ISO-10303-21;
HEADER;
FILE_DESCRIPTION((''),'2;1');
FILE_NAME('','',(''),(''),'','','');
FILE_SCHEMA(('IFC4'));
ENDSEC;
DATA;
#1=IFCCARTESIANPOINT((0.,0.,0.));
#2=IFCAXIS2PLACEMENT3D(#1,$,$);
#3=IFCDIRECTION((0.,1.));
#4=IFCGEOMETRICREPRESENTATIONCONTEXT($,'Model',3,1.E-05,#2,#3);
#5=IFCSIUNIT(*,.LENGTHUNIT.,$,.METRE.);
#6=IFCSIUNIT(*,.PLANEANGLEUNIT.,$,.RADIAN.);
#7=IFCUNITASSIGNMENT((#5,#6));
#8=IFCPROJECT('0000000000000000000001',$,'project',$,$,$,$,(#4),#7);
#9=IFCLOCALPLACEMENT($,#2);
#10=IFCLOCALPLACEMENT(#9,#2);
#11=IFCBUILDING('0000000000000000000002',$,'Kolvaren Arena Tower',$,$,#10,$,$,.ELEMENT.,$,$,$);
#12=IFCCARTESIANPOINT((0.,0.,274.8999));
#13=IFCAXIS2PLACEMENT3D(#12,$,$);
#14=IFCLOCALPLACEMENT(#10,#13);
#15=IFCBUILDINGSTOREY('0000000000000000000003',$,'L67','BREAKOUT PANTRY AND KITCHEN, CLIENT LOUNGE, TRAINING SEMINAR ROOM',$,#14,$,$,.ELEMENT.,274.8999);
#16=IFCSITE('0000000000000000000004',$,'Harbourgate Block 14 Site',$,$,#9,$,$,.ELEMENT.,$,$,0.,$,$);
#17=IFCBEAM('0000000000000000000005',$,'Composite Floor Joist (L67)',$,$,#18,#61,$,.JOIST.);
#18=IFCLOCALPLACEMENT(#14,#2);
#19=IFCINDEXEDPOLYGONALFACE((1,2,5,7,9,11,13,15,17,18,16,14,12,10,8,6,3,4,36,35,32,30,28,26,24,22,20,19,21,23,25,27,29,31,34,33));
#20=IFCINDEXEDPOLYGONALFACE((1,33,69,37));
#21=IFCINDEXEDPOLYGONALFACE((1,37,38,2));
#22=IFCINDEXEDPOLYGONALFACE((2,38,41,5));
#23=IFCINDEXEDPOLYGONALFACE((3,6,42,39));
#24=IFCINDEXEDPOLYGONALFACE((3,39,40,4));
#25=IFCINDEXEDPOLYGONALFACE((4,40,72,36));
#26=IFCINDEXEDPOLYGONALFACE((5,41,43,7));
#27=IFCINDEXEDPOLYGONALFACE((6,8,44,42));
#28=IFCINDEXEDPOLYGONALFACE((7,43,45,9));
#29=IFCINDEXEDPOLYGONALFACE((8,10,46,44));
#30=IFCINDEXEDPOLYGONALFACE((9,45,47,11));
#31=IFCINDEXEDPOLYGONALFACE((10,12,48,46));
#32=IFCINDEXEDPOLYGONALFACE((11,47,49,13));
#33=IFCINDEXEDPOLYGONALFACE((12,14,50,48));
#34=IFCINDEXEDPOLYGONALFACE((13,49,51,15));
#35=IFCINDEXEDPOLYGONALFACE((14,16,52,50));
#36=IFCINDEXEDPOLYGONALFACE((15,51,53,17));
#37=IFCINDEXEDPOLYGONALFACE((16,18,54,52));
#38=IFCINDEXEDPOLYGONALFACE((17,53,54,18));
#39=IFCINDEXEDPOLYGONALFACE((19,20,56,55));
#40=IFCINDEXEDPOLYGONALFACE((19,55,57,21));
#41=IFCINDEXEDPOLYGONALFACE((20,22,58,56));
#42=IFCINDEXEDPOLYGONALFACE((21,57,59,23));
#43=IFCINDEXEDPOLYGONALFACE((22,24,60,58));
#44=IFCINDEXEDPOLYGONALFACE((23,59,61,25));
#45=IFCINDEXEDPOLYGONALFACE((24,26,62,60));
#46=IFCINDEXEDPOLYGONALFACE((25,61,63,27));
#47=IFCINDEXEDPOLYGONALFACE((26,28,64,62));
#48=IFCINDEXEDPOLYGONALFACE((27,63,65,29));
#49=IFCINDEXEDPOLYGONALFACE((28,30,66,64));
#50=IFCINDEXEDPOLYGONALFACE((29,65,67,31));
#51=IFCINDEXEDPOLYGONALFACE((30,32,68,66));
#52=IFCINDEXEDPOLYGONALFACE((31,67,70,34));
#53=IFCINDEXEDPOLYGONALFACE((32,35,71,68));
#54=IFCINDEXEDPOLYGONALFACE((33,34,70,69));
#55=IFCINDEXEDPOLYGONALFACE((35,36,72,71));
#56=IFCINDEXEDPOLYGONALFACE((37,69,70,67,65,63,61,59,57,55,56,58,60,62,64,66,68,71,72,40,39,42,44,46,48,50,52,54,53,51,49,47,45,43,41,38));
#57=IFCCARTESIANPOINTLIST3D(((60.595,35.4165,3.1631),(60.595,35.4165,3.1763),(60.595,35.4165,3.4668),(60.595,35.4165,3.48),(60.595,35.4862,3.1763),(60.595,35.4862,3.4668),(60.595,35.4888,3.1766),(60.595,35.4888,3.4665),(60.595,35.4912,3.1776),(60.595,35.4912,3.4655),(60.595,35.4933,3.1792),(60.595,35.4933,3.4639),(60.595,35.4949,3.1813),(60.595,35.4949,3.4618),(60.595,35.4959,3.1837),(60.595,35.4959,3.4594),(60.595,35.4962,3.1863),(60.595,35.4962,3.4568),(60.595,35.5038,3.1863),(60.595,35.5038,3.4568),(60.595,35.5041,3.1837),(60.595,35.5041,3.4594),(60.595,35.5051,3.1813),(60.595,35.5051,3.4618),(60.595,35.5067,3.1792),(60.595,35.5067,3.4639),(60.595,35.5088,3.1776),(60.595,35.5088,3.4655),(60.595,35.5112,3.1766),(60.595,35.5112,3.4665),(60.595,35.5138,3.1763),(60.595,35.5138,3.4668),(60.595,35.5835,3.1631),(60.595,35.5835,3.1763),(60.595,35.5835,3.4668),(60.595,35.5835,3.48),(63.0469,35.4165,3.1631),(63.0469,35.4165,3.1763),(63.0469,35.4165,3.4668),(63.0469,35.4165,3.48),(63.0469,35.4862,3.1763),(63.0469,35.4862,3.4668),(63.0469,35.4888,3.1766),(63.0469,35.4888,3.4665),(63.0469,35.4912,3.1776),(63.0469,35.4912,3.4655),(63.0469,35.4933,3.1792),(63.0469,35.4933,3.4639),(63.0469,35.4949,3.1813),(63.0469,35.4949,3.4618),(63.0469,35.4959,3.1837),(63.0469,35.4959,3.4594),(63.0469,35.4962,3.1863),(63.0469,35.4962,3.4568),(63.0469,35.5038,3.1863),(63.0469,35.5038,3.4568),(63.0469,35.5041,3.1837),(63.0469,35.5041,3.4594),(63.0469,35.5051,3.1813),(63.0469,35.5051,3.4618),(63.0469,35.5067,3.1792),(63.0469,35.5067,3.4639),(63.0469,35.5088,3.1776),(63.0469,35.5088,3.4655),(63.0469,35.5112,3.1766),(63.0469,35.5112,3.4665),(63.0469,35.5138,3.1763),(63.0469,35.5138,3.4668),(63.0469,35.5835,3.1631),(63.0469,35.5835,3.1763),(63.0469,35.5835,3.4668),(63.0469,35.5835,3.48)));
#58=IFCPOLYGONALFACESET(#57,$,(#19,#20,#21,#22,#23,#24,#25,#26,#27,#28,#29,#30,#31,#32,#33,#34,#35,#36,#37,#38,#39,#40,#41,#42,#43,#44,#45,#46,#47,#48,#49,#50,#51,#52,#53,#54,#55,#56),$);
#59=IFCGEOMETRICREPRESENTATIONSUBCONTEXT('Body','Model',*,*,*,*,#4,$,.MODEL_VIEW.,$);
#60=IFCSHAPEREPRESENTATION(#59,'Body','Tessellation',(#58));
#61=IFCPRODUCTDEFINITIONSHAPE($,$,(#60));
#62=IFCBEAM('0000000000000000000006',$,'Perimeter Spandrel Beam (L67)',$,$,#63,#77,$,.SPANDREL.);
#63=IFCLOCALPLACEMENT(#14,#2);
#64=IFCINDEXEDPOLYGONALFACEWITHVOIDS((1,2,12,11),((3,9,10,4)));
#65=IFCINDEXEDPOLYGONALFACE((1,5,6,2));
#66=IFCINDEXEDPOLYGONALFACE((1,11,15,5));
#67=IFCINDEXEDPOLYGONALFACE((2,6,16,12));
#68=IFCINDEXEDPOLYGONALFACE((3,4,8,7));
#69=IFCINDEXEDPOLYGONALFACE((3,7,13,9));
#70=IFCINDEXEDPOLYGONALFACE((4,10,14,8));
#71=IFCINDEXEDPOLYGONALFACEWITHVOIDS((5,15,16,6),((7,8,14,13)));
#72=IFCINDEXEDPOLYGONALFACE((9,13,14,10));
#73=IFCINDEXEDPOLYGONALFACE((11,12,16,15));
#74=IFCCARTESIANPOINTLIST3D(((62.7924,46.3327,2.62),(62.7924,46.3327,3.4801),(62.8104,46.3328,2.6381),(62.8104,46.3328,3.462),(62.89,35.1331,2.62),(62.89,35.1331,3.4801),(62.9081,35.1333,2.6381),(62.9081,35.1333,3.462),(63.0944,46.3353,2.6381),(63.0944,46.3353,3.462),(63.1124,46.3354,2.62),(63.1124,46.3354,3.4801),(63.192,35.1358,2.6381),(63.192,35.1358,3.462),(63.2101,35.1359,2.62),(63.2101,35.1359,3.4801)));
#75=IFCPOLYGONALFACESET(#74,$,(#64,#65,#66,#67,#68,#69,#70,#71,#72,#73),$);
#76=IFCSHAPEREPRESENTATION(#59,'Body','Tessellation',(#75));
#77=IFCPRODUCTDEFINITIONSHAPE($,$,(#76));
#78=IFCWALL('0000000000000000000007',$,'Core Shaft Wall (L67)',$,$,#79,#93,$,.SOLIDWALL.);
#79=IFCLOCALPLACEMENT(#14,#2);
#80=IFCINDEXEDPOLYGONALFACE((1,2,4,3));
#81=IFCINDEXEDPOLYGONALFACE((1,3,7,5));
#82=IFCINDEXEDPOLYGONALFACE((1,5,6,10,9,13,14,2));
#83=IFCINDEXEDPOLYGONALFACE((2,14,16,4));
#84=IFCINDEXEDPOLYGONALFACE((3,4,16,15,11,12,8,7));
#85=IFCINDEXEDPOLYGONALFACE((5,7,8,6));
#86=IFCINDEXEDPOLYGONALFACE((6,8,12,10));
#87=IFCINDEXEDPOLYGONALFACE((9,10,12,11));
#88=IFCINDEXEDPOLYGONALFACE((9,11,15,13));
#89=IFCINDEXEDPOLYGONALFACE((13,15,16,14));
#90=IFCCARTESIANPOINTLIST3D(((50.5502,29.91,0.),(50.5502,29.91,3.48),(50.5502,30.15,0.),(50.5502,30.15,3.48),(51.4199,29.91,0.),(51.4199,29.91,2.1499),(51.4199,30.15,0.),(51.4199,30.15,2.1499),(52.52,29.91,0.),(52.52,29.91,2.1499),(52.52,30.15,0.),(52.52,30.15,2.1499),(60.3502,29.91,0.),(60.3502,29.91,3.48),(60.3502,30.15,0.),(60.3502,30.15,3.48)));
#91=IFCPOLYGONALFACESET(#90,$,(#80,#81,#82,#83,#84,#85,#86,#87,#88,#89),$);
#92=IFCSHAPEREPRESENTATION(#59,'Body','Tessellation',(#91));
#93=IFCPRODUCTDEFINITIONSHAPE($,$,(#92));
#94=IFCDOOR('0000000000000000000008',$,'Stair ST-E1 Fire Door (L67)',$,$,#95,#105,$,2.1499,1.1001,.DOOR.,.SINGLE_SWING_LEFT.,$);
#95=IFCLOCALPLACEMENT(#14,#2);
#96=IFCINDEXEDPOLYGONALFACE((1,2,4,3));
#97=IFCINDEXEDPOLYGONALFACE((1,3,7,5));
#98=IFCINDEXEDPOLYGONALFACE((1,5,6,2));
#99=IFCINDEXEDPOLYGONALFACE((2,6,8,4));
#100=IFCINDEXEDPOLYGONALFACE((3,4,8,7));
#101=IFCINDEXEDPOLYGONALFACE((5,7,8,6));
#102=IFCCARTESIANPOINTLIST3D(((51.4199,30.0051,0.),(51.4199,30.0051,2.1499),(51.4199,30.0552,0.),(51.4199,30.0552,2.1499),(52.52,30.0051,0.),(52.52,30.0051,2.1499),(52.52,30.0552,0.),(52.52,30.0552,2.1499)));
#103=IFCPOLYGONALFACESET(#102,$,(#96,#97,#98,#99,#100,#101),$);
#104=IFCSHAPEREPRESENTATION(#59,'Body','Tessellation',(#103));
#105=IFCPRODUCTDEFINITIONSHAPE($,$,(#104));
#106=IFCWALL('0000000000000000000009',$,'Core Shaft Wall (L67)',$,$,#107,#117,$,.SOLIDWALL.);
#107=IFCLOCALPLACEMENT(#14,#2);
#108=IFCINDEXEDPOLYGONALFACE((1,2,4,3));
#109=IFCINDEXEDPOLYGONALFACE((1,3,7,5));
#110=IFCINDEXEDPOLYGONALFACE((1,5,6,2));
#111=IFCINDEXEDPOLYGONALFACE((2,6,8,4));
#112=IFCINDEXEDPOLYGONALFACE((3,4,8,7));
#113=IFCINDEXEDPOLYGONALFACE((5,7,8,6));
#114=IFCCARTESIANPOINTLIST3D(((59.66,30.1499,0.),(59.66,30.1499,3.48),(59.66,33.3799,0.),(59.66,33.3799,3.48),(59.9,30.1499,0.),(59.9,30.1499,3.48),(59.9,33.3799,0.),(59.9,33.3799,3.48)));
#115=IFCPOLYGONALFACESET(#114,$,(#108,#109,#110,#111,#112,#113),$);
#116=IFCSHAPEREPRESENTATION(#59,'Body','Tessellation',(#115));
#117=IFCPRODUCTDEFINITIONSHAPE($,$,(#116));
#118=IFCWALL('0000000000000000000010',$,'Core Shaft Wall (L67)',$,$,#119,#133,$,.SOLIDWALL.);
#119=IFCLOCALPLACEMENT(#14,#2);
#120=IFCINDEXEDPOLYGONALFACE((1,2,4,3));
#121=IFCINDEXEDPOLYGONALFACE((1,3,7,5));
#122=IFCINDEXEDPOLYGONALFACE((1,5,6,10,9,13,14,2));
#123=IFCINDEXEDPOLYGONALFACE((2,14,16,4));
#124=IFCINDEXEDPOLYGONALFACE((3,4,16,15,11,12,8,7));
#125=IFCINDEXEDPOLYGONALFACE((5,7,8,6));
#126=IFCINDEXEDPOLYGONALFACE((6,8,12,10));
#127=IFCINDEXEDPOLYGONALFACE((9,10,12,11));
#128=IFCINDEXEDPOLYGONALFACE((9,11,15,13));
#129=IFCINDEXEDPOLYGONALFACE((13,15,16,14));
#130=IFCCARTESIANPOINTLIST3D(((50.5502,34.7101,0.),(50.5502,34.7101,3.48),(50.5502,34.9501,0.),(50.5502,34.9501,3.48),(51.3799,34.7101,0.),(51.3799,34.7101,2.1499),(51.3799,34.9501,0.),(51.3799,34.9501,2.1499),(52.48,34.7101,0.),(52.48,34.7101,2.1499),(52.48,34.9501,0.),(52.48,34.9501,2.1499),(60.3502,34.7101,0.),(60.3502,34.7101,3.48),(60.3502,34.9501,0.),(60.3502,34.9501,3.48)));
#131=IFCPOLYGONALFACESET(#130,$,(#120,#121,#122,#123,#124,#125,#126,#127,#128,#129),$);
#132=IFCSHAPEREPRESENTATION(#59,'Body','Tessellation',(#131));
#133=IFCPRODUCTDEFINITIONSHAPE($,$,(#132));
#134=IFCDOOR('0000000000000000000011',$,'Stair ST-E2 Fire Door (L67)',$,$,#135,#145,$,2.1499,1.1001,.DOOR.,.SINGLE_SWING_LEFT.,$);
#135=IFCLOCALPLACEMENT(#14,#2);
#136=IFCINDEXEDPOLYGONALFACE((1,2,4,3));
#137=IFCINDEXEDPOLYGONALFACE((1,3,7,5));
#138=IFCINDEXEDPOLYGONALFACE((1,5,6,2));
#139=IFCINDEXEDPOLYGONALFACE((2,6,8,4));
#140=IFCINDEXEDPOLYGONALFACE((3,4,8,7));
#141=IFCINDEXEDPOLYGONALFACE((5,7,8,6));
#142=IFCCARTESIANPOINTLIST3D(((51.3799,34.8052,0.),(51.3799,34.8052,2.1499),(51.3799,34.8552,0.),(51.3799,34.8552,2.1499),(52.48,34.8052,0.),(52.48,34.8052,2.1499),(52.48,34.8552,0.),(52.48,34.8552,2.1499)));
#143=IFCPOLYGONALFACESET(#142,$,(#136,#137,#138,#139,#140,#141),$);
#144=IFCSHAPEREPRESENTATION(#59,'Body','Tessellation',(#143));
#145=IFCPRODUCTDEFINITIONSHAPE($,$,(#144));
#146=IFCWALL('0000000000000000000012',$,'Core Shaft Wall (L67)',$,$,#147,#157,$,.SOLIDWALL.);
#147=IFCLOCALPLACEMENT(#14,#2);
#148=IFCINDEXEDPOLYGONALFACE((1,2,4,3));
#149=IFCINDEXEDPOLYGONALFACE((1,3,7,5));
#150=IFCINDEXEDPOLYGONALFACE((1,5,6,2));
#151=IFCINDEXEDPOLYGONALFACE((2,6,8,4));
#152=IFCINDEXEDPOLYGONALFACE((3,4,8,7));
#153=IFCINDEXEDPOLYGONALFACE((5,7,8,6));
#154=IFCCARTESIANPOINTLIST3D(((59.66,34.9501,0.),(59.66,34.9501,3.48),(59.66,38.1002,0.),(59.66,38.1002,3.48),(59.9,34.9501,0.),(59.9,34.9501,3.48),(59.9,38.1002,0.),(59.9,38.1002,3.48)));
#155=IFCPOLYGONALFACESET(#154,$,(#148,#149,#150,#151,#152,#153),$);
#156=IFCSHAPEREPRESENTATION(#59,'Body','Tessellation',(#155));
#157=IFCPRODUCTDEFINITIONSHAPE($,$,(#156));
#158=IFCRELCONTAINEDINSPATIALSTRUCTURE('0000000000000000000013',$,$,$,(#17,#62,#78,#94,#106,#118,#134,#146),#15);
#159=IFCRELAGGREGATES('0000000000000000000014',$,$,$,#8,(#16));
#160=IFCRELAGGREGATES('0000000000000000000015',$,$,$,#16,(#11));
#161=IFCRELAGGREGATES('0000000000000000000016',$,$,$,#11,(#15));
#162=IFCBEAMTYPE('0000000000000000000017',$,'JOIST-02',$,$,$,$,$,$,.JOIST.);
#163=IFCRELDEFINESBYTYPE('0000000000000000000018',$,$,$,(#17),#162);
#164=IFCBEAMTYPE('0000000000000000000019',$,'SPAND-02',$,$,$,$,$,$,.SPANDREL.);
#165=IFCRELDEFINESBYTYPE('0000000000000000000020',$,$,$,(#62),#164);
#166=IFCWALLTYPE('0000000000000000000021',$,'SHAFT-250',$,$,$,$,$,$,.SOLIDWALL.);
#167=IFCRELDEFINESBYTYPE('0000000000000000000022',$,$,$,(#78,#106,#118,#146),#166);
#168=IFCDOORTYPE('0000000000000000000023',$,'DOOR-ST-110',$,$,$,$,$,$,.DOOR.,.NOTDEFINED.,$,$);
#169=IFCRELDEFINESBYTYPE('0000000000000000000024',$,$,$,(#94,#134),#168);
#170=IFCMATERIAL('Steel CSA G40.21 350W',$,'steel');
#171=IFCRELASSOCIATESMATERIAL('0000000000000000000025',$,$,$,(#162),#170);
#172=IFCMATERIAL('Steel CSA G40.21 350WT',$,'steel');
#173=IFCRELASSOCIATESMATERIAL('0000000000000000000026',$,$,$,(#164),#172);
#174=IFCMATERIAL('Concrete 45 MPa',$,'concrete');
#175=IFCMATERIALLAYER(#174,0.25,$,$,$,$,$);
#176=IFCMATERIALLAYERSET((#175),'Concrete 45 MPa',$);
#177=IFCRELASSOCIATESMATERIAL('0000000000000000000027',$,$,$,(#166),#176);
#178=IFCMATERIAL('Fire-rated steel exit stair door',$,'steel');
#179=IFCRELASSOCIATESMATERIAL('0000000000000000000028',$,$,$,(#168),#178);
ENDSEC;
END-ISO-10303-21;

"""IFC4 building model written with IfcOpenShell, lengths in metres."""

from ifc_helpers import new_model, si_unit, direction, frame, frame_2d, origin, origin_2d, place, context, subcontext, project, spatial, rectangle, hollow_rectangle, i_section, extrude, material, layer, layer_set, material_profile, profile_set, type_object, element, fill, save


model = new_model("IFC4")

# Units and contexts
model_context = context("Model", 3, precision=1e-05, world=origin(), true_north=direction((0.0, 1.0)))
body_context = subcontext(model_context, "Body", "Model", "MODEL_VIEW")
ifc_project = project(units=[si_unit("LENGTHUNIT", "METRE"), si_unit("PLANEANGLEUNIT", "RADIAN")], contexts=[model_context])

# Site, building, storey
site_placement = place(None, origin())
site = spatial("IfcSite", under=ifc_project, at=site_placement, Name="Harbourgate Block 14 Site", CompositionType="ELEMENT", RefElevation=0.0)
building_placement = place(site_placement, origin())
building = spatial("IfcBuilding", under=site, at=building_placement, Name="Kolvaren Arena Tower", CompositionType="ELEMENT")
storey_placement = place(building_placement, frame((0.0, 0.0, 274.8999)))
storey = spatial("IfcBuildingStorey", under=building, at=storey_placement, Name="L67", Description="BREAKOUT PANTRY AND KITCHEN, CLIENT LOUNGE, TRAINING SEMINAR ROOM", CompositionType="ELEMENT", Elevation=274.8999)

# Beams
ifc_material_1 = material(Name="Steel CSA G40.21 350W", Category="steel")
ifc_material_profile_1 = material_profile(ifc_material_1, i_section(OverallWidth=0.167, OverallDepth=0.3169, WebThickness=0.0076, FlangeThickness=0.0132, FilletRadius=0.01, at=origin_2d()), Name="W310x52")
ifc_profile_set_1 = profile_set([ifc_material_profile_1], Name="Steel CSA G40.21 350W")
beam_type_1 = type_object("IfcBeamType", Name="JOIST-02", PredefinedType="JOIST", material=ifc_profile_set_1)
beam_1_placement = place(storey_placement, frame((60.595, 35.5, 3.3215), z_axis=(1.0, 0.0, 0.0), x_axis=(0.0, 1.0, 0.0)))
element("IfcBeam", 1, at=beam_1_placement, inside=storey, type_object=beam_type_1, Name="Composite Floor Joist (L67)", PredefinedType="JOIST", context=body_context, shape_type="SweptSolid", body=[
    extrude(i_section(OverallWidth=0.167, OverallDepth=0.3169, WebThickness=0.0076, FlangeThickness=0.0132, FilletRadius=0.01, at=origin_2d()), origin(), (0.0, 0.0, 1.0), 2.4519),
])
ifc_material_2 = material(Name="Steel CSA G40.21 350WT", Category="steel")
ifc_material_profile_2 = material_profile(ifc_material_2, hollow_rectangle(XDim=0.3201, YDim=0.8601, WallThickness=0.0181, at=origin_2d()), Name="HSS 860x320x18")
ifc_profile_set_2 = profile_set([ifc_material_profile_2], Name="Steel CSA G40.21 350WT")
beam_type_2 = type_object("IfcBeamType", Name="SPAND-02", PredefinedType="SPANDREL", material=ifc_profile_set_2)
beam_2_placement = place(storey_placement, frame((63.05, 35.1345, 3.05), z_axis=(-0.008719, 0.999962, 0.0), x_axis=(-0.999962, -0.008719, 0.0)))
element("IfcBeam", 2, at=beam_2_placement, inside=storey, type_object=beam_type_2, Name="Perimeter Spandrel Beam (L67)", PredefinedType="SPANDREL", context=body_context, shape_type="SweptSolid", body=[
    extrude(hollow_rectangle(XDim=0.3201, YDim=0.8601, WallThickness=0.0181, at=origin_2d()), origin(), (0.0, 0.0, 1.0), 11.2),
])

# Wall, opening, door
ifc_material_3 = material(Name="Concrete 45 MPa", Category="concrete")
ifc_layer = layer(ifc_material_3, 0.25)
ifc_layer_set = layer_set([ifc_layer], Name="Concrete 45 MPa")
wall_type = type_object("IfcWallType", Name="SHAFT-250", PredefinedType="SOLIDWALL", material=ifc_layer_set)
wall_1_placement = place(storey_placement, frame((60.3501, 30.03, 0.0), z_axis=(0.0, 0.0, 1.0), x_axis=(-1.0, 0.0, 0.0)))
wall_1 = element("IfcWall", 3, at=wall_1_placement, inside=storey, type_object=wall_type, Name="Core Shaft Wall (L67)", PredefinedType="SOLIDWALL", context=body_context, shape_type="SweptSolid", body=[
    extrude(rectangle(XDim=9.8, YDim=0.24, at=frame_2d((4.8999, 0.0))), origin(), (0.0, 0.0, 1.0), 3.48),
])
opening_1_placement = place(wall_1_placement, frame((7.8301, 0.0, 0.0)))
opening_1 = element("IfcOpeningElement", 4, at=opening_1_placement, cuts=wall_1, PredefinedType="OPENING", context=body_context, shape_type="SweptSolid", body=[
    extrude(rectangle(XDim=1.1001, YDim=2.1499, at=frame_2d((0.55, 1.075))), frame((0.0, 0.1299, 0.0), z_axis=(0.0, -1.0, 0.0), x_axis=(1.0, 0.0, 0.0)), (0.0, 0.0, 1.0), 0.26),
])
ifc_material_4 = material(Name="Fire-rated steel exit stair door", Category="steel")
door_type = type_object("IfcDoorType", Name="DOOR-ST-110", OperationType="NOTDEFINED", PredefinedType="DOOR", material=ifc_material_4)
door_1_placement = place(opening_1_placement, origin())
door_1 = element("IfcDoor", 5, at=door_1_placement, inside=storey, type_object=door_type, Name="Stair ST-E1 Fire Door (L67)", OperationType="SINGLE_SWING_LEFT", OverallHeight=2.1499, OverallWidth=1.1001, PredefinedType="DOOR", context=body_context, shape_type="SweptSolid", body=[
    extrude(rectangle(XDim=1.1001, YDim=2.1499, at=frame_2d((0.55, 1.075))), frame((0.0, 0.0249, 0.0), z_axis=(0.0, -1.0, 0.0), x_axis=(1.0, 0.0, 0.0)), (0.0, 0.0, 1.0), 0.05),
])
fill(opening_1, door_1)

# Wall
wall_2_placement = place(storey_placement, frame((59.78, 30.1499, 0.0), z_axis=(0.0, 0.0, 1.0), x_axis=(0.0, 1.0, 0.0)))
element("IfcWall", 6, at=wall_2_placement, inside=storey, type_object=wall_type, Name="Core Shaft Wall (L67)", PredefinedType="SOLIDWALL", context=body_context, shape_type="SweptSolid", body=[
    extrude(rectangle(XDim=3.23, YDim=0.24, at=frame_2d((1.615, 0.0))), origin(), (0.0, 0.0, 1.0), 3.48),
])

# Wall, opening, door
wall_3_placement = place(storey_placement, frame((60.3501, 34.8301, 0.0), z_axis=(0.0, 0.0, 1.0), x_axis=(-1.0, 0.0, 0.0)))
wall_3 = element("IfcWall", 7, at=wall_3_placement, inside=storey, type_object=wall_type, Name="Core Shaft Wall (L67)", PredefinedType="SOLIDWALL", context=body_context, shape_type="SweptSolid", body=[
    extrude(rectangle(XDim=9.8, YDim=0.24, at=frame_2d((4.8999, 0.0))), origin(), (0.0, 0.0, 1.0), 3.48),
])
opening_2_placement = place(wall_3_placement, frame((7.8701, 0.0, 0.0)))
opening_2 = element("IfcOpeningElement", 8, at=opening_2_placement, cuts=wall_3, PredefinedType="OPENING", context=body_context, shape_type="SweptSolid", body=[
    extrude(rectangle(XDim=1.1001, YDim=2.1499, at=frame_2d((0.55, 1.075))), frame((0.0, 0.1299, 0.0), z_axis=(0.0, -1.0, 0.0), x_axis=(1.0, 0.0, 0.0)), (0.0, 0.0, 1.0), 0.26),
])
door_2_placement = place(opening_2_placement, origin())
door_2 = element("IfcDoor", 9, at=door_2_placement, inside=storey, type_object=door_type, Name="Stair ST-E2 Fire Door (L67)", OperationType="SINGLE_SWING_LEFT", OverallHeight=2.1499, OverallWidth=1.1001, PredefinedType="DOOR", context=body_context, shape_type="SweptSolid", body=[
    extrude(rectangle(XDim=1.1001, YDim=2.1499, at=frame_2d((0.55, 1.075))), frame((0.0, 0.0249, 0.0), z_axis=(0.0, -1.0, 0.0), x_axis=(1.0, 0.0, 0.0)), (0.0, 0.0, 1.0), 0.05),
])
fill(opening_2, door_2)

# Wall
wall_4_placement = place(storey_placement, frame((59.78, 34.95, 0.0), z_axis=(0.0, 0.0, 1.0), x_axis=(0.0, 1.0, 0.0)))
element("IfcWall", 10, at=wall_4_placement, inside=storey, type_object=wall_type, Name="Core Shaft Wall (L67)", PredefinedType="SOLIDWALL", context=body_context, shape_type="SweptSolid", body=[
    extrude(rectangle(XDim=3.1501, YDim=0.24, at=frame_2d((1.5752, 0.0))), origin(), (0.0, 0.0, 1.0), 3.48),
])

save(model, "model.ifc")
